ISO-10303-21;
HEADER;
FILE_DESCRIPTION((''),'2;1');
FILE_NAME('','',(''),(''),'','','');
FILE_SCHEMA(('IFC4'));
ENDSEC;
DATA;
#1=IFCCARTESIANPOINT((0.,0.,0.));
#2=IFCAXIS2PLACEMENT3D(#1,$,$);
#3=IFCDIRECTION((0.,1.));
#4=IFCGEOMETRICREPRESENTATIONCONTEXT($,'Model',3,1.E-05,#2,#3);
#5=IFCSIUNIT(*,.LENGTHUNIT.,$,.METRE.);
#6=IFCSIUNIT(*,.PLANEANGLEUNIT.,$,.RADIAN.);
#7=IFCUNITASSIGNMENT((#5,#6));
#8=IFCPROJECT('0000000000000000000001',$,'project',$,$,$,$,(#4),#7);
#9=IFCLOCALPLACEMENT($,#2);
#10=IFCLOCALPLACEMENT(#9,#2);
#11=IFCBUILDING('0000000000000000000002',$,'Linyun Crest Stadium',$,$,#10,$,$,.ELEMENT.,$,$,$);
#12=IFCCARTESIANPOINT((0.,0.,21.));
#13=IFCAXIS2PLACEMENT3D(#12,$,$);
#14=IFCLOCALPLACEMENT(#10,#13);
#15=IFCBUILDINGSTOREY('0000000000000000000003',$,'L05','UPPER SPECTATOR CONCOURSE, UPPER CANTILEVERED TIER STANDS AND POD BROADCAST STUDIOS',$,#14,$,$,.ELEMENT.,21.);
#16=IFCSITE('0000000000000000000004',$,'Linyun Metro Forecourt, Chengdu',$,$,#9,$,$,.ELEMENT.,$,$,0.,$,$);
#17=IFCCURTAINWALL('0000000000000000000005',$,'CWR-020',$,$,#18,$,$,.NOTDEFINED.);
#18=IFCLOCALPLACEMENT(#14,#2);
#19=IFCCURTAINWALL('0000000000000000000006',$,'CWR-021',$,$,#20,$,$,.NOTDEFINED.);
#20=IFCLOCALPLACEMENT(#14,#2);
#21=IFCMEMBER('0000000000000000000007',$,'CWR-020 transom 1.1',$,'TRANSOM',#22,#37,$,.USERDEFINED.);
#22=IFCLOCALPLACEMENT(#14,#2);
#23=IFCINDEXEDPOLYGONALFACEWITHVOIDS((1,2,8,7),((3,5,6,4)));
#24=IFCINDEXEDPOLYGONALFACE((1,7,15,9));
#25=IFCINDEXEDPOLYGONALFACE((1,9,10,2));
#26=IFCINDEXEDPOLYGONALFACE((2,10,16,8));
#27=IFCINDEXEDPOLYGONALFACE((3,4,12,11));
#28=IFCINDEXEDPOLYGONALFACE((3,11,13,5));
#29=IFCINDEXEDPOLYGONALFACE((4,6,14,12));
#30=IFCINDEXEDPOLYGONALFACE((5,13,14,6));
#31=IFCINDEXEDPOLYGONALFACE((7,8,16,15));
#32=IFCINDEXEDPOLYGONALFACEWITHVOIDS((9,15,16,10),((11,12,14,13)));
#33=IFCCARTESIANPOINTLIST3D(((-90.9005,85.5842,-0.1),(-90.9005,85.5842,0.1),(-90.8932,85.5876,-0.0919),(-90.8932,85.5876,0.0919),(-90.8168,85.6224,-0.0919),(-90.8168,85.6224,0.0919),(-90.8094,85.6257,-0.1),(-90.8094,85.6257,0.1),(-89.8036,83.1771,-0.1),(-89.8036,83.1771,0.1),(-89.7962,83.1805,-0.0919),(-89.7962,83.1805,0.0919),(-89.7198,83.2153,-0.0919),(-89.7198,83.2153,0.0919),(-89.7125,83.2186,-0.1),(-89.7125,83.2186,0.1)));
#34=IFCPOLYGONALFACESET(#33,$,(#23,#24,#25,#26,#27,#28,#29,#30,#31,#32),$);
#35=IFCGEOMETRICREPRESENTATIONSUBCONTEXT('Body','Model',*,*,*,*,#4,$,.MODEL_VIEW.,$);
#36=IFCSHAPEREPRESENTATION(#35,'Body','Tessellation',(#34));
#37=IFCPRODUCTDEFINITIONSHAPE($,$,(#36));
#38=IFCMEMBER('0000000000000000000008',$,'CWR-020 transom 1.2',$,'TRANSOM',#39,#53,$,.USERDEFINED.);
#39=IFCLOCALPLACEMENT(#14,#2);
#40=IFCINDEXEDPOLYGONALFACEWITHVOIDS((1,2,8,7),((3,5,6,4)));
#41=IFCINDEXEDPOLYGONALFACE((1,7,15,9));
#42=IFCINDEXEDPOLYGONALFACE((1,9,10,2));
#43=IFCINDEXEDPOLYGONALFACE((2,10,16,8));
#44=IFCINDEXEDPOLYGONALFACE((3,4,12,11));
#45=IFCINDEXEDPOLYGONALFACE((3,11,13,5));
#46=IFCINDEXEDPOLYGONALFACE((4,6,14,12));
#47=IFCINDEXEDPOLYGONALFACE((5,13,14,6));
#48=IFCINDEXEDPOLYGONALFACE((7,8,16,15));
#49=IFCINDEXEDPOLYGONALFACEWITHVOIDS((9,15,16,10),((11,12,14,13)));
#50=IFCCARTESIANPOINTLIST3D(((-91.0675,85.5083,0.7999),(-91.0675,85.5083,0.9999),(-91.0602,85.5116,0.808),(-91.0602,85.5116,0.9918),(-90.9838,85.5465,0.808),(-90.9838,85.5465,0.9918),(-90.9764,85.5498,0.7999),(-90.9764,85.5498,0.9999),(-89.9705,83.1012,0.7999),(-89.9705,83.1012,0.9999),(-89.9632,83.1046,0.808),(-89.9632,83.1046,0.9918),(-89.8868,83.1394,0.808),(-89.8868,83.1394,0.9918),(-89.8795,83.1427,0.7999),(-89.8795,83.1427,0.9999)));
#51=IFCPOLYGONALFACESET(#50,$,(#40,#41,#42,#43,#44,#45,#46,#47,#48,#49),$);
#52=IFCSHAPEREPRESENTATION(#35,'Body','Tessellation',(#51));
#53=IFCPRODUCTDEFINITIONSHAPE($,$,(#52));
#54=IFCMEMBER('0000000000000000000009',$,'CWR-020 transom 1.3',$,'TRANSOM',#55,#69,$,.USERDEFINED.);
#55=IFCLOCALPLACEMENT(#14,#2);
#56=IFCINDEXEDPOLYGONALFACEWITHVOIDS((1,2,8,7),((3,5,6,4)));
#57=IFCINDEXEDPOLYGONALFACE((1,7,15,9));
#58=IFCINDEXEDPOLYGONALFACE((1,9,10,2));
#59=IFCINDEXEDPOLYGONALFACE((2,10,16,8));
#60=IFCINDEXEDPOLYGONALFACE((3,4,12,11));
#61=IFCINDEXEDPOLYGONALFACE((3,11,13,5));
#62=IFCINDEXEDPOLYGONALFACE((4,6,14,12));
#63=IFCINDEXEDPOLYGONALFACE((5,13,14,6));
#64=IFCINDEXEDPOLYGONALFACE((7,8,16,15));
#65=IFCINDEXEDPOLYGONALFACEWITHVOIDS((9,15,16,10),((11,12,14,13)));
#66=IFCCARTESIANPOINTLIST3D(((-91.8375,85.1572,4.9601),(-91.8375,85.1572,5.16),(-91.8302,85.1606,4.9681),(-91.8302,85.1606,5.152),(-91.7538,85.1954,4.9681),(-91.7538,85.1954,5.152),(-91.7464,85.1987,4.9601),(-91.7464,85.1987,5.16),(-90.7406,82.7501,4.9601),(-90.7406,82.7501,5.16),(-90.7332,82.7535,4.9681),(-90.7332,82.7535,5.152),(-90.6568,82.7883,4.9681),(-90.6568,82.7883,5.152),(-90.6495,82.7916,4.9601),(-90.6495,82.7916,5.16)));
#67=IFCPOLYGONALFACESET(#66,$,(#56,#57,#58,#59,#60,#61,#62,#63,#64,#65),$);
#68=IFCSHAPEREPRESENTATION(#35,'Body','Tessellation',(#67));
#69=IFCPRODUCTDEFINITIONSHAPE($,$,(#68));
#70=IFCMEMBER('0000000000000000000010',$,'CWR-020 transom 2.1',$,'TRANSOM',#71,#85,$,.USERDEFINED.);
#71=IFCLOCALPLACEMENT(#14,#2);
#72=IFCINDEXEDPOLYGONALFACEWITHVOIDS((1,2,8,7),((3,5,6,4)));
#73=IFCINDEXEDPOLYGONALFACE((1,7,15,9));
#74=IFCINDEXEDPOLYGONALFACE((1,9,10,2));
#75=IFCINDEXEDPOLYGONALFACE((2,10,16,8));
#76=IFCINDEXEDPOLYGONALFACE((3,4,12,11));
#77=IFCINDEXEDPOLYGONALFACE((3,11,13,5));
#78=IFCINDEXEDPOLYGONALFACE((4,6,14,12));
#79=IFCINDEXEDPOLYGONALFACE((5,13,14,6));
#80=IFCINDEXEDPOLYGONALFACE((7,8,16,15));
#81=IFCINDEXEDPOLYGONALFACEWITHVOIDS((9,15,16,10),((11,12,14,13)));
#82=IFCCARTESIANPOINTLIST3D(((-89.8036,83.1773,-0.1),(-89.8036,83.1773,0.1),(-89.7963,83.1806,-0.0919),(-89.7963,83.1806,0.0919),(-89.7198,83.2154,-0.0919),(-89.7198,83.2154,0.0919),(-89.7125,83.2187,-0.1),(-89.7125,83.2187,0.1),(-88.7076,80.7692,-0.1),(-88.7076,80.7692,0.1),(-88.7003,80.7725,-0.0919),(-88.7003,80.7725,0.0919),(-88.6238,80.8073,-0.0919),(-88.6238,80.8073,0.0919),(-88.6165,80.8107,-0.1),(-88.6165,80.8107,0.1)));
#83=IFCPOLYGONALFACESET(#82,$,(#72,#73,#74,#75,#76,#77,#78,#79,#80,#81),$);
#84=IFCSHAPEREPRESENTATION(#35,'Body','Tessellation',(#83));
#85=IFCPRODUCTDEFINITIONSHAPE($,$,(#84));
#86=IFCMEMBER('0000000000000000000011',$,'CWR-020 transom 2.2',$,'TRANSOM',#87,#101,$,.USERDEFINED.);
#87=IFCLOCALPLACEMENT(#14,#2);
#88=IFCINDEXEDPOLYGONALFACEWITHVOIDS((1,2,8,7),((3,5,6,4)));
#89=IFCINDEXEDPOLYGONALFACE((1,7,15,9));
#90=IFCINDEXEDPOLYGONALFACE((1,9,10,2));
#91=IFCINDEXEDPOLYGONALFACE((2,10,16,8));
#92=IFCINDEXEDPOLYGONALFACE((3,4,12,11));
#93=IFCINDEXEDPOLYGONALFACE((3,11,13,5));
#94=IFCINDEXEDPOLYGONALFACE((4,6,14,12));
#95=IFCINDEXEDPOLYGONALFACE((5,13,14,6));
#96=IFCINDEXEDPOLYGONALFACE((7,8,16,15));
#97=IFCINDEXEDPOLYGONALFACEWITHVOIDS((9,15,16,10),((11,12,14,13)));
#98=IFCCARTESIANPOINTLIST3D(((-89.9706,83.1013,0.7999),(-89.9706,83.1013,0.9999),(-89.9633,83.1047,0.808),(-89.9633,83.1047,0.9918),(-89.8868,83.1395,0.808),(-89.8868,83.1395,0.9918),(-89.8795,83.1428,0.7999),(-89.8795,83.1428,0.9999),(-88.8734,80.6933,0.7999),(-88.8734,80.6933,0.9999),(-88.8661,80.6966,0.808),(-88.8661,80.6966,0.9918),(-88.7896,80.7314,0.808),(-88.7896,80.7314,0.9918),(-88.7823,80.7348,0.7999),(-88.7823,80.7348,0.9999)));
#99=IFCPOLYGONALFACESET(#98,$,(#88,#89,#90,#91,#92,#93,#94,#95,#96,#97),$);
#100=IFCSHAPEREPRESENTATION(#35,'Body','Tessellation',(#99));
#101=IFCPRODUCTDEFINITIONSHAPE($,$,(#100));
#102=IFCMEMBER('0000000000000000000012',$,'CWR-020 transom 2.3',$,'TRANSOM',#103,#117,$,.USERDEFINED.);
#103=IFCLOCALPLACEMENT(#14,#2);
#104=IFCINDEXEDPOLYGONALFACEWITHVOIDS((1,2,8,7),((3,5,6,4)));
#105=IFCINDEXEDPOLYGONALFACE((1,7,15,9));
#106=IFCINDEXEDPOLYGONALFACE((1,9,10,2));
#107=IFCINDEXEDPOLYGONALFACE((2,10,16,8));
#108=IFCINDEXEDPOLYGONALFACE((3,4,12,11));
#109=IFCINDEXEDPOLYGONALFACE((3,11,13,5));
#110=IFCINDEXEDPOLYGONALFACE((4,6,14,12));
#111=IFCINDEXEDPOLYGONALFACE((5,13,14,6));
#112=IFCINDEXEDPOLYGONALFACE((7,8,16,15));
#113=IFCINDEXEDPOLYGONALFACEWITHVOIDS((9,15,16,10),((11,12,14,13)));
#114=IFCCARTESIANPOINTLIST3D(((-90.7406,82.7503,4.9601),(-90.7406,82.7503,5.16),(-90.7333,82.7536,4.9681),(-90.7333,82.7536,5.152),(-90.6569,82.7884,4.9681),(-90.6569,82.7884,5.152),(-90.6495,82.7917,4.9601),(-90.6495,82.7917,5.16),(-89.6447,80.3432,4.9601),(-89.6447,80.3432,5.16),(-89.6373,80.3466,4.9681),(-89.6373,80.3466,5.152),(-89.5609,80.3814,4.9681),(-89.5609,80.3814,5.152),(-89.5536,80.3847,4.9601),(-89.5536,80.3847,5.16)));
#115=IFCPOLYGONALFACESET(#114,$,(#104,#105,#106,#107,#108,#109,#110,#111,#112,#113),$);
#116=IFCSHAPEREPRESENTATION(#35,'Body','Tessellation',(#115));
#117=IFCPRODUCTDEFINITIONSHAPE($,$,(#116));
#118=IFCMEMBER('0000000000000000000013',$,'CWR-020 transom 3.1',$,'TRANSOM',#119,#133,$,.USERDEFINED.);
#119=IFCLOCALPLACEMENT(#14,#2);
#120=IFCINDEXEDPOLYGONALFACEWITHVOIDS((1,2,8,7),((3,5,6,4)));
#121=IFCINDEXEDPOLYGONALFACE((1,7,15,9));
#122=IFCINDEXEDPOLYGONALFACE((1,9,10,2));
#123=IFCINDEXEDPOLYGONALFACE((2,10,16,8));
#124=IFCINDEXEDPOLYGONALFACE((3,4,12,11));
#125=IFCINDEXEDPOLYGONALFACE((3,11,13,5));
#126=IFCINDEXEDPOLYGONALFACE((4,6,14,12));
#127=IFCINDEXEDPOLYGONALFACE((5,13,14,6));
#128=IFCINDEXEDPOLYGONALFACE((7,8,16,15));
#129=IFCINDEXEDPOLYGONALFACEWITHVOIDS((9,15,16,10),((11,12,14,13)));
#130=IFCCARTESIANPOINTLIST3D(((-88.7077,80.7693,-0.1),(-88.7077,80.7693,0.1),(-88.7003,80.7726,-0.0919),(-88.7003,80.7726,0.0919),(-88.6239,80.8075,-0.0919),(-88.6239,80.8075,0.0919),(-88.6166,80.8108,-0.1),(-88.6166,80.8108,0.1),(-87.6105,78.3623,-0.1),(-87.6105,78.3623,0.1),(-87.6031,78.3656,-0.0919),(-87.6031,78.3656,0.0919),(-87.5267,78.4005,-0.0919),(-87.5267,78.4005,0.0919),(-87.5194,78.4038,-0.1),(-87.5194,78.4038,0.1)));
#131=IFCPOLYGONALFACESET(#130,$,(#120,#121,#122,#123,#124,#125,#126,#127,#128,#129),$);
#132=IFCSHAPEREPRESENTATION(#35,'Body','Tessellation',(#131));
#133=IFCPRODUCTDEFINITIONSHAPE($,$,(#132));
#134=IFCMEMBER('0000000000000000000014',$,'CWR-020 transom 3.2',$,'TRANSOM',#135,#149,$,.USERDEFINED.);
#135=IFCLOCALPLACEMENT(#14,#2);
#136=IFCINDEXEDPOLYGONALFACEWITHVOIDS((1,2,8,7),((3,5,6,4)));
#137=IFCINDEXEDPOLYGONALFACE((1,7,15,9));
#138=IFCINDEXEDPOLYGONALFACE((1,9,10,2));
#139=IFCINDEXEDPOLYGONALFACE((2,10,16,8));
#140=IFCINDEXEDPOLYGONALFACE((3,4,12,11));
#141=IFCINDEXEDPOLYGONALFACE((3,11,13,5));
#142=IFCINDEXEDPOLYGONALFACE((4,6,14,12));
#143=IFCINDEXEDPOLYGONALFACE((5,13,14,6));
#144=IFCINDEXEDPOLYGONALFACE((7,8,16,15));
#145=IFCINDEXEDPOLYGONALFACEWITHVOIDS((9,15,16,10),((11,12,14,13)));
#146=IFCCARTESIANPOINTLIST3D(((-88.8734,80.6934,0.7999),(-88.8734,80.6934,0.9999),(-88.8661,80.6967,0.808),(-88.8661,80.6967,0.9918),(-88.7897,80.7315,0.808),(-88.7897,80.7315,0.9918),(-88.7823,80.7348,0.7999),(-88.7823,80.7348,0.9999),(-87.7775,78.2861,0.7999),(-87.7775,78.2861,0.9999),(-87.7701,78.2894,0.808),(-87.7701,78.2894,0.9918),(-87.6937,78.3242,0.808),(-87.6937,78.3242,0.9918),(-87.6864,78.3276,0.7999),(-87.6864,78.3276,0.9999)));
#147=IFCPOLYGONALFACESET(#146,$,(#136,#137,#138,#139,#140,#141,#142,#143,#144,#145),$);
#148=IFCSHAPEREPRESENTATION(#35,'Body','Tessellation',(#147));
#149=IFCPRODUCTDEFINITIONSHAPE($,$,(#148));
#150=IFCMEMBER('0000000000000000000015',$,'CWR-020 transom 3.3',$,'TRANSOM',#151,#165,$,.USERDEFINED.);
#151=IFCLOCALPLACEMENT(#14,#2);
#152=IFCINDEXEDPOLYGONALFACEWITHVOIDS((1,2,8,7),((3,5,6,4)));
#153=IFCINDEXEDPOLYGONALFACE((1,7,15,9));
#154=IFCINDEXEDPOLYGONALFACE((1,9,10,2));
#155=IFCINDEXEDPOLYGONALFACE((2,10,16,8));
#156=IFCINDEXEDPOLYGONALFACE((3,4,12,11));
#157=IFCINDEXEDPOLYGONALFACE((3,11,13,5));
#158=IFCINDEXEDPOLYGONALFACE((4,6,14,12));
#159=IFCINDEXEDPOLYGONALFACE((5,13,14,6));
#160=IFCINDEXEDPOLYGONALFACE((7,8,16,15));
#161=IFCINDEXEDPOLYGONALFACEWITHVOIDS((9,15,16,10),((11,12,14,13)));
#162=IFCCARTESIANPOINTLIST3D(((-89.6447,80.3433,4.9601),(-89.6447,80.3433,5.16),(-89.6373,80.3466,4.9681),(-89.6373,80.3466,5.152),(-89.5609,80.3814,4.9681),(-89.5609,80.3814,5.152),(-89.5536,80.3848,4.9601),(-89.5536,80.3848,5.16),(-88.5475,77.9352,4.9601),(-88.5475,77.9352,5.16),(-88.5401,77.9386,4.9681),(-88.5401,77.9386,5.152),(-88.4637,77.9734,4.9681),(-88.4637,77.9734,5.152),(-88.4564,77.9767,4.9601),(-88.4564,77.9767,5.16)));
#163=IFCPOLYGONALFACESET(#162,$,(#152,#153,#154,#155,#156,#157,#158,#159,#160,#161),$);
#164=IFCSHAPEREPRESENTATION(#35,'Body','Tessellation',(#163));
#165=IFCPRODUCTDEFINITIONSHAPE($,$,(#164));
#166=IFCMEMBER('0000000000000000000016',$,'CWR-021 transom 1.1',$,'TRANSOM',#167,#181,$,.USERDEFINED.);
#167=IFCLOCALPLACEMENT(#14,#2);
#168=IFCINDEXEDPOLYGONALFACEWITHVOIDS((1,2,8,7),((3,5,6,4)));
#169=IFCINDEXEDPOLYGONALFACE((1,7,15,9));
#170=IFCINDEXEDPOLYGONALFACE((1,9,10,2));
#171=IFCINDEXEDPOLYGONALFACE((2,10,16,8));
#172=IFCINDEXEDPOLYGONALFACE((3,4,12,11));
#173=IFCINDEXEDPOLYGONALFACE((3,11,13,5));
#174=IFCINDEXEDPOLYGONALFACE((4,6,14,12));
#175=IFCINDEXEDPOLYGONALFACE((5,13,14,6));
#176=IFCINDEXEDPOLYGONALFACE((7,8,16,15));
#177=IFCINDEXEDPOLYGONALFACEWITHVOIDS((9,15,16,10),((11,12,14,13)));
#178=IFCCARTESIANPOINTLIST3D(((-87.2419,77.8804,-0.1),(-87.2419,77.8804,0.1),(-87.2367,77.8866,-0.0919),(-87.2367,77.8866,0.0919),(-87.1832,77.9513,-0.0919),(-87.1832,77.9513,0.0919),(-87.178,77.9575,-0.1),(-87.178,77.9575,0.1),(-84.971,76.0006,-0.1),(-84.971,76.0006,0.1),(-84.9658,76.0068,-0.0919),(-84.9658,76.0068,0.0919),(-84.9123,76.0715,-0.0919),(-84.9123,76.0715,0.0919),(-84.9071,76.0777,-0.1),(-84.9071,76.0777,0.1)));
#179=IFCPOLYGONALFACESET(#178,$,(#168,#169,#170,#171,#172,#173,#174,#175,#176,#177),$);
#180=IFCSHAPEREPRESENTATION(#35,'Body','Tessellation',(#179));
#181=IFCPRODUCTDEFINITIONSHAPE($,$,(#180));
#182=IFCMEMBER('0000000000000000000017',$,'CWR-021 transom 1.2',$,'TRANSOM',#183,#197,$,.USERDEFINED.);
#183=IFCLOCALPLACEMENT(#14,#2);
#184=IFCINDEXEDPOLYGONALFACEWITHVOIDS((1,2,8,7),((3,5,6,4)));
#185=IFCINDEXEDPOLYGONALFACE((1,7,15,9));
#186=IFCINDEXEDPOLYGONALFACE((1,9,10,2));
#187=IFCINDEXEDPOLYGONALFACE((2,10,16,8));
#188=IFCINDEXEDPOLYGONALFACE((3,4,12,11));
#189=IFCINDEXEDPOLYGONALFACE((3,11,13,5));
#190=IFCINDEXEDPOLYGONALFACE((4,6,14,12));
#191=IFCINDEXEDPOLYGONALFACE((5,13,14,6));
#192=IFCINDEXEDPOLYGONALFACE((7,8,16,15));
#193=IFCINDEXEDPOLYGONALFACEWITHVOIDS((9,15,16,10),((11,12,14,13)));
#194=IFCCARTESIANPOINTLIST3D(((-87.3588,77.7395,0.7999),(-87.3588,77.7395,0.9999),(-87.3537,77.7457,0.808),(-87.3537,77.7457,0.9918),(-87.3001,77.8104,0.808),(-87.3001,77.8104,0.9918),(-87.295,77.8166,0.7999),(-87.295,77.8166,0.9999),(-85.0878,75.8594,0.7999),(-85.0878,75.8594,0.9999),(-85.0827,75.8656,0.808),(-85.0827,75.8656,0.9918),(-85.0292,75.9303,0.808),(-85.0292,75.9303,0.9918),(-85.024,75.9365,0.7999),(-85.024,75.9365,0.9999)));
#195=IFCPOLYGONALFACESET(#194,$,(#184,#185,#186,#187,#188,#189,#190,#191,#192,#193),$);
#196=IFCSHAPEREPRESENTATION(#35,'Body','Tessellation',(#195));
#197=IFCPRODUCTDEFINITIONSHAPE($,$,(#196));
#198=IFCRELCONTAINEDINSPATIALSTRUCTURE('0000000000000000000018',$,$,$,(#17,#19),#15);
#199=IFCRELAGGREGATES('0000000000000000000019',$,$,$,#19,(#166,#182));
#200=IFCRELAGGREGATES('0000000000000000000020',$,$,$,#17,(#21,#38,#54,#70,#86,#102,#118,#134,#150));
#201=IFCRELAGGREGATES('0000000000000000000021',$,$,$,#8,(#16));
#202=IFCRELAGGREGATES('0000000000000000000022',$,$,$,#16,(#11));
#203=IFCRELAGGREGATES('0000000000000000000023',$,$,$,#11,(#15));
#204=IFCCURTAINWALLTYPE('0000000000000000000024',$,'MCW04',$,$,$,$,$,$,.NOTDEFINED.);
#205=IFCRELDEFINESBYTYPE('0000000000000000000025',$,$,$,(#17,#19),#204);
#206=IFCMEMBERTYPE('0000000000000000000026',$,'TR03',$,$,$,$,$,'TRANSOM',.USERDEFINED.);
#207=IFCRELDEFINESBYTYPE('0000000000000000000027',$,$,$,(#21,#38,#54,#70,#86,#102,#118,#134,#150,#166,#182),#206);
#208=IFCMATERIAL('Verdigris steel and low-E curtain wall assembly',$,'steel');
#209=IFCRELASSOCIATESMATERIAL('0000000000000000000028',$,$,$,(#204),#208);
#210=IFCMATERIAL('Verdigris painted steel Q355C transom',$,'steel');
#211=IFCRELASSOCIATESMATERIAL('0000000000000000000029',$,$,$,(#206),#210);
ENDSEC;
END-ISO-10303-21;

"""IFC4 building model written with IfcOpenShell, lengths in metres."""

from ifc_helpers import new_model, si_unit, direction, frame, origin, origin_2d, place, context, subcontext, project, spatial, hollow_rectangle, extrude, material, material_profile, profile_set, type_object, element, aggregate, save


model = new_model("IFC4")

# Units and contexts
model_context = context("Model", 3, precision=1e-05, world=origin(), true_north=direction((0.0, 1.0)))
body_context = subcontext(model_context, "Body", "Model", "MODEL_VIEW")
ifc_project = project(units=[si_unit("LENGTHUNIT", "METRE"), si_unit("PLANEANGLEUNIT", "RADIAN")], contexts=[model_context])

# Site, building, storey
site_placement = place(None, origin())
site = spatial("IfcSite", under=ifc_project, at=site_placement, Name="Linyun Metro Forecourt, Chengdu", CompositionType="ELEMENT", RefElevation=0.0)
building_placement = place(site_placement, origin())
building = spatial("IfcBuilding", under=site, at=building_placement, Name="Linyun Crest Stadium", CompositionType="ELEMENT")
storey_placement = place(building_placement, frame((0.0, 0.0, 21.0)))
storey = spatial("IfcBuildingStorey", under=building, at=storey_placement, Name="L05", Description="UPPER SPECTATOR CONCOURSE, UPPER CANTILEVERED TIER STANDS AND POD BROADCAST STUDIOS", CompositionType="ELEMENT", Elevation=21.0)

# Curtain wall
ifc_material_1 = material(Name="Verdigris steel and low-E curtain wall assembly", Category="steel")
curtain_wall_type = type_object("IfcCurtainWallType", Name="MCW04", PredefinedType="NOTDEFINED", material=ifc_material_1)
curtain_wall_1_placement = place(storey_placement, origin())
curtain_wall_1 = element("IfcCurtainWall", 1, at=curtain_wall_1_placement, inside=storey, type_object=curtain_wall_type, Name="CWR-020", PredefinedType="NOTDEFINED")

# Curtain wall
curtain_wall_2_placement = place(storey_placement, origin())
curtain_wall_2 = element("IfcCurtainWall", 2, at=curtain_wall_2_placement, inside=storey, type_object=curtain_wall_type, Name="CWR-021", PredefinedType="NOTDEFINED")

# Members
ifc_material_2 = material(Name="Verdigris painted steel Q355C transom", Category="steel")
ifc_material_profile_1 = material_profile(ifc_material_2, hollow_rectangle(XDim=0.1001, YDim=0.2, WallThickness=0.0081, at=origin_2d()), Name="RHS 200x100x8")
ifc_profile_set_1 = profile_set([ifc_material_profile_1], Name="Verdigris painted steel Q355C transom")
member_type_1 = type_object("IfcMemberType", Name="TR03", ElementType="TRANSOM", PredefinedType="USERDEFINED", material=ifc_profile_set_1)
member_1_placement = place(storey_placement, frame((-90.855, 85.605, 0.0), z_axis=(0.414693, -0.909961, 0.0), x_axis=(0.909961, 0.414693, 0.0)))
member_1 = element("IfcMember", 3, at=member_1_placement, type_object=member_type_1, Name="CWR-020 transom 1.1", ObjectType="TRANSOM", PredefinedType="USERDEFINED", context=body_context, shape_type="SweptSolid", body=[
    extrude(hollow_rectangle(XDim=0.1001, YDim=0.2, WallThickness=0.0081, at=origin_2d()), origin(), (0.0, 0.0, 1.0), 2.6453),
])
member_2_placement = place(storey_placement, frame((-91.022, 85.5291, 0.8999), z_axis=(0.414693, -0.909961, 0.0), x_axis=(0.909961, 0.414693, 0.0)))
member_2 = element("IfcMember", 4, at=member_2_placement, type_object=member_type_1, Name="CWR-020 transom 1.2", ObjectType="TRANSOM", PredefinedType="USERDEFINED", context=body_context, shape_type="SweptSolid", body=[
    extrude(hollow_rectangle(XDim=0.1001, YDim=0.2, WallThickness=0.0081, at=origin_2d()), origin(), (0.0, 0.0, 1.0), 2.6453),
])
member_3_placement = place(storey_placement, frame((-91.792, 85.178, 5.0601), z_axis=(0.414693, -0.909961, 0.0), x_axis=(0.909961, 0.414693, 0.0)))
member_3 = element("IfcMember", 5, at=member_3_placement, type_object=member_type_1, Name="CWR-020 transom 1.3", ObjectType="TRANSOM", PredefinedType="USERDEFINED", context=body_context, shape_type="SweptSolid", body=[
    extrude(hollow_rectangle(XDim=0.1001, YDim=0.2, WallThickness=0.0081, at=origin_2d()), origin(), (0.0, 0.0, 1.0), 2.6453),
])
member_4_placement = place(storey_placement, frame((-89.7581, 83.198, 0.0), z_axis=(0.414248, -0.910164, 0.0), x_axis=(0.910164, 0.414248, 0.0)))
member_4 = element("IfcMember", 6, at=member_4_placement, type_object=member_type_1, Name="CWR-020 transom 2.1", ObjectType="TRANSOM", PredefinedType="USERDEFINED", context=body_context, shape_type="SweptSolid", body=[
    extrude(hollow_rectangle(XDim=0.1001, YDim=0.2, WallThickness=0.0081, at=origin_2d()), origin(), (0.0, 0.0, 1.0), 2.6458),
])
member_5_placement = place(storey_placement, frame((-89.925, 83.1221, 0.8999), z_axis=(0.41463, -0.90999, 0.0), x_axis=(0.90999, 0.41463, 0.0)))
member_5 = element("IfcMember", 7, at=member_5_placement, type_object=member_type_1, Name="CWR-020 transom 2.2", ObjectType="TRANSOM", PredefinedType="USERDEFINED", context=body_context, shape_type="SweptSolid", body=[
    extrude(hollow_rectangle(XDim=0.1001, YDim=0.2, WallThickness=0.0081, at=origin_2d()), origin(), (0.0, 0.0, 1.0), 2.6462),
])
member_6_placement = place(storey_placement, frame((-90.6951, 82.771, 5.0601), z_axis=(0.414387, -0.910101, 0.0), x_axis=(0.910101, 0.414387, 0.0)))
member_6 = element("IfcMember", 8, at=member_6_placement, type_object=member_type_1, Name="CWR-020 transom 2.3", ObjectType="TRANSOM", PredefinedType="USERDEFINED", context=body_context, shape_type="SweptSolid", body=[
    extrude(hollow_rectangle(XDim=0.1001, YDim=0.2, WallThickness=0.0081, at=origin_2d()), origin(), (0.0, 0.0, 1.0), 2.6448),
])
member_7_placement = place(storey_placement, frame((-88.6621, 80.79, 0.0), z_axis=(0.414769, -0.909927, 0.0), x_axis=(0.909927, 0.414769, 0.0)))
member_7 = element("IfcMember", 9, at=member_7_placement, type_object=member_type_1, Name="CWR-020 transom 3.1", ObjectType="TRANSOM", PredefinedType="USERDEFINED", context=body_context, shape_type="SweptSolid", body=[
    extrude(hollow_rectangle(XDim=0.1001, YDim=0.2, WallThickness=0.0081, at=origin_2d()), origin(), (0.0, 0.0, 1.0), 2.6453),
])
member_8_placement = place(storey_placement, frame((-88.8279, 80.7141, 0.8999), z_axis=(0.414352, -0.910117, 0.0), x_axis=(0.910117, 0.414352, 0.0)))
member_8 = element("IfcMember", 10, at=member_8_placement, type_object=member_type_1, Name="CWR-020 transom 3.2", ObjectType="TRANSOM", PredefinedType="USERDEFINED", context=body_context, shape_type="SweptSolid", body=[
    extrude(hollow_rectangle(XDim=0.1001, YDim=0.2, WallThickness=0.0081, at=origin_2d()), origin(), (0.0, 0.0, 1.0), 2.645),
])
member_9_placement = place(storey_placement, frame((-89.5991, 80.364, 5.0601), z_axis=(0.41463, -0.90999, 0.0), x_axis=(0.90999, 0.41463, 0.0)))
member_9 = element("IfcMember", 11, at=member_9_placement, type_object=member_type_1, Name="CWR-020 transom 3.3", ObjectType="TRANSOM", PredefinedType="USERDEFINED", context=body_context, shape_type="SweptSolid", body=[
    extrude(hollow_rectangle(XDim=0.1001, YDim=0.2, WallThickness=0.0081, at=origin_2d()), origin(), (0.0, 0.0, 1.0), 2.6462),
])
member_10_placement = place(storey_placement, frame((-87.21, 77.9189, 0.0), z_axis=(0.770321, -0.637656, 0.0), x_axis=(0.637656, 0.770321, 0.0)))
member_10 = element("IfcMember", 12, at=member_10_placement, type_object=member_type_1, Name="CWR-021 transom 1.1", ObjectType="TRANSOM", PredefinedType="USERDEFINED", context=body_context, shape_type="SweptSolid", body=[
    extrude(hollow_rectangle(XDim=0.1001, YDim=0.2, WallThickness=0.0081, at=origin_2d()), origin(), (0.0, 0.0, 1.0), 2.948),
])
member_11_placement = place(storey_placement, frame((-87.3269, 77.7781, 0.8999), z_axis=(0.770281, -0.637705, 0.0), x_axis=(0.637705, 0.770281, 0.0)))
member_11 = element("IfcMember", 13, at=member_11_placement, type_object=member_type_1, Name="CWR-021 transom 1.2", ObjectType="TRANSOM", PredefinedType="USERDEFINED", context=body_context, shape_type="SweptSolid", body=[
    extrude(hollow_rectangle(XDim=0.1001, YDim=0.2, WallThickness=0.0081, at=origin_2d()), origin(), (0.0, 0.0, 1.0), 2.9482),
])
aggregate(curtain_wall_2, [member_10, member_11])

aggregate(curtain_wall_1, [member_1, member_2, member_3, member_4, member_5, member_6, member_7, member_8, member_9])

save(model, "model.ifc")
